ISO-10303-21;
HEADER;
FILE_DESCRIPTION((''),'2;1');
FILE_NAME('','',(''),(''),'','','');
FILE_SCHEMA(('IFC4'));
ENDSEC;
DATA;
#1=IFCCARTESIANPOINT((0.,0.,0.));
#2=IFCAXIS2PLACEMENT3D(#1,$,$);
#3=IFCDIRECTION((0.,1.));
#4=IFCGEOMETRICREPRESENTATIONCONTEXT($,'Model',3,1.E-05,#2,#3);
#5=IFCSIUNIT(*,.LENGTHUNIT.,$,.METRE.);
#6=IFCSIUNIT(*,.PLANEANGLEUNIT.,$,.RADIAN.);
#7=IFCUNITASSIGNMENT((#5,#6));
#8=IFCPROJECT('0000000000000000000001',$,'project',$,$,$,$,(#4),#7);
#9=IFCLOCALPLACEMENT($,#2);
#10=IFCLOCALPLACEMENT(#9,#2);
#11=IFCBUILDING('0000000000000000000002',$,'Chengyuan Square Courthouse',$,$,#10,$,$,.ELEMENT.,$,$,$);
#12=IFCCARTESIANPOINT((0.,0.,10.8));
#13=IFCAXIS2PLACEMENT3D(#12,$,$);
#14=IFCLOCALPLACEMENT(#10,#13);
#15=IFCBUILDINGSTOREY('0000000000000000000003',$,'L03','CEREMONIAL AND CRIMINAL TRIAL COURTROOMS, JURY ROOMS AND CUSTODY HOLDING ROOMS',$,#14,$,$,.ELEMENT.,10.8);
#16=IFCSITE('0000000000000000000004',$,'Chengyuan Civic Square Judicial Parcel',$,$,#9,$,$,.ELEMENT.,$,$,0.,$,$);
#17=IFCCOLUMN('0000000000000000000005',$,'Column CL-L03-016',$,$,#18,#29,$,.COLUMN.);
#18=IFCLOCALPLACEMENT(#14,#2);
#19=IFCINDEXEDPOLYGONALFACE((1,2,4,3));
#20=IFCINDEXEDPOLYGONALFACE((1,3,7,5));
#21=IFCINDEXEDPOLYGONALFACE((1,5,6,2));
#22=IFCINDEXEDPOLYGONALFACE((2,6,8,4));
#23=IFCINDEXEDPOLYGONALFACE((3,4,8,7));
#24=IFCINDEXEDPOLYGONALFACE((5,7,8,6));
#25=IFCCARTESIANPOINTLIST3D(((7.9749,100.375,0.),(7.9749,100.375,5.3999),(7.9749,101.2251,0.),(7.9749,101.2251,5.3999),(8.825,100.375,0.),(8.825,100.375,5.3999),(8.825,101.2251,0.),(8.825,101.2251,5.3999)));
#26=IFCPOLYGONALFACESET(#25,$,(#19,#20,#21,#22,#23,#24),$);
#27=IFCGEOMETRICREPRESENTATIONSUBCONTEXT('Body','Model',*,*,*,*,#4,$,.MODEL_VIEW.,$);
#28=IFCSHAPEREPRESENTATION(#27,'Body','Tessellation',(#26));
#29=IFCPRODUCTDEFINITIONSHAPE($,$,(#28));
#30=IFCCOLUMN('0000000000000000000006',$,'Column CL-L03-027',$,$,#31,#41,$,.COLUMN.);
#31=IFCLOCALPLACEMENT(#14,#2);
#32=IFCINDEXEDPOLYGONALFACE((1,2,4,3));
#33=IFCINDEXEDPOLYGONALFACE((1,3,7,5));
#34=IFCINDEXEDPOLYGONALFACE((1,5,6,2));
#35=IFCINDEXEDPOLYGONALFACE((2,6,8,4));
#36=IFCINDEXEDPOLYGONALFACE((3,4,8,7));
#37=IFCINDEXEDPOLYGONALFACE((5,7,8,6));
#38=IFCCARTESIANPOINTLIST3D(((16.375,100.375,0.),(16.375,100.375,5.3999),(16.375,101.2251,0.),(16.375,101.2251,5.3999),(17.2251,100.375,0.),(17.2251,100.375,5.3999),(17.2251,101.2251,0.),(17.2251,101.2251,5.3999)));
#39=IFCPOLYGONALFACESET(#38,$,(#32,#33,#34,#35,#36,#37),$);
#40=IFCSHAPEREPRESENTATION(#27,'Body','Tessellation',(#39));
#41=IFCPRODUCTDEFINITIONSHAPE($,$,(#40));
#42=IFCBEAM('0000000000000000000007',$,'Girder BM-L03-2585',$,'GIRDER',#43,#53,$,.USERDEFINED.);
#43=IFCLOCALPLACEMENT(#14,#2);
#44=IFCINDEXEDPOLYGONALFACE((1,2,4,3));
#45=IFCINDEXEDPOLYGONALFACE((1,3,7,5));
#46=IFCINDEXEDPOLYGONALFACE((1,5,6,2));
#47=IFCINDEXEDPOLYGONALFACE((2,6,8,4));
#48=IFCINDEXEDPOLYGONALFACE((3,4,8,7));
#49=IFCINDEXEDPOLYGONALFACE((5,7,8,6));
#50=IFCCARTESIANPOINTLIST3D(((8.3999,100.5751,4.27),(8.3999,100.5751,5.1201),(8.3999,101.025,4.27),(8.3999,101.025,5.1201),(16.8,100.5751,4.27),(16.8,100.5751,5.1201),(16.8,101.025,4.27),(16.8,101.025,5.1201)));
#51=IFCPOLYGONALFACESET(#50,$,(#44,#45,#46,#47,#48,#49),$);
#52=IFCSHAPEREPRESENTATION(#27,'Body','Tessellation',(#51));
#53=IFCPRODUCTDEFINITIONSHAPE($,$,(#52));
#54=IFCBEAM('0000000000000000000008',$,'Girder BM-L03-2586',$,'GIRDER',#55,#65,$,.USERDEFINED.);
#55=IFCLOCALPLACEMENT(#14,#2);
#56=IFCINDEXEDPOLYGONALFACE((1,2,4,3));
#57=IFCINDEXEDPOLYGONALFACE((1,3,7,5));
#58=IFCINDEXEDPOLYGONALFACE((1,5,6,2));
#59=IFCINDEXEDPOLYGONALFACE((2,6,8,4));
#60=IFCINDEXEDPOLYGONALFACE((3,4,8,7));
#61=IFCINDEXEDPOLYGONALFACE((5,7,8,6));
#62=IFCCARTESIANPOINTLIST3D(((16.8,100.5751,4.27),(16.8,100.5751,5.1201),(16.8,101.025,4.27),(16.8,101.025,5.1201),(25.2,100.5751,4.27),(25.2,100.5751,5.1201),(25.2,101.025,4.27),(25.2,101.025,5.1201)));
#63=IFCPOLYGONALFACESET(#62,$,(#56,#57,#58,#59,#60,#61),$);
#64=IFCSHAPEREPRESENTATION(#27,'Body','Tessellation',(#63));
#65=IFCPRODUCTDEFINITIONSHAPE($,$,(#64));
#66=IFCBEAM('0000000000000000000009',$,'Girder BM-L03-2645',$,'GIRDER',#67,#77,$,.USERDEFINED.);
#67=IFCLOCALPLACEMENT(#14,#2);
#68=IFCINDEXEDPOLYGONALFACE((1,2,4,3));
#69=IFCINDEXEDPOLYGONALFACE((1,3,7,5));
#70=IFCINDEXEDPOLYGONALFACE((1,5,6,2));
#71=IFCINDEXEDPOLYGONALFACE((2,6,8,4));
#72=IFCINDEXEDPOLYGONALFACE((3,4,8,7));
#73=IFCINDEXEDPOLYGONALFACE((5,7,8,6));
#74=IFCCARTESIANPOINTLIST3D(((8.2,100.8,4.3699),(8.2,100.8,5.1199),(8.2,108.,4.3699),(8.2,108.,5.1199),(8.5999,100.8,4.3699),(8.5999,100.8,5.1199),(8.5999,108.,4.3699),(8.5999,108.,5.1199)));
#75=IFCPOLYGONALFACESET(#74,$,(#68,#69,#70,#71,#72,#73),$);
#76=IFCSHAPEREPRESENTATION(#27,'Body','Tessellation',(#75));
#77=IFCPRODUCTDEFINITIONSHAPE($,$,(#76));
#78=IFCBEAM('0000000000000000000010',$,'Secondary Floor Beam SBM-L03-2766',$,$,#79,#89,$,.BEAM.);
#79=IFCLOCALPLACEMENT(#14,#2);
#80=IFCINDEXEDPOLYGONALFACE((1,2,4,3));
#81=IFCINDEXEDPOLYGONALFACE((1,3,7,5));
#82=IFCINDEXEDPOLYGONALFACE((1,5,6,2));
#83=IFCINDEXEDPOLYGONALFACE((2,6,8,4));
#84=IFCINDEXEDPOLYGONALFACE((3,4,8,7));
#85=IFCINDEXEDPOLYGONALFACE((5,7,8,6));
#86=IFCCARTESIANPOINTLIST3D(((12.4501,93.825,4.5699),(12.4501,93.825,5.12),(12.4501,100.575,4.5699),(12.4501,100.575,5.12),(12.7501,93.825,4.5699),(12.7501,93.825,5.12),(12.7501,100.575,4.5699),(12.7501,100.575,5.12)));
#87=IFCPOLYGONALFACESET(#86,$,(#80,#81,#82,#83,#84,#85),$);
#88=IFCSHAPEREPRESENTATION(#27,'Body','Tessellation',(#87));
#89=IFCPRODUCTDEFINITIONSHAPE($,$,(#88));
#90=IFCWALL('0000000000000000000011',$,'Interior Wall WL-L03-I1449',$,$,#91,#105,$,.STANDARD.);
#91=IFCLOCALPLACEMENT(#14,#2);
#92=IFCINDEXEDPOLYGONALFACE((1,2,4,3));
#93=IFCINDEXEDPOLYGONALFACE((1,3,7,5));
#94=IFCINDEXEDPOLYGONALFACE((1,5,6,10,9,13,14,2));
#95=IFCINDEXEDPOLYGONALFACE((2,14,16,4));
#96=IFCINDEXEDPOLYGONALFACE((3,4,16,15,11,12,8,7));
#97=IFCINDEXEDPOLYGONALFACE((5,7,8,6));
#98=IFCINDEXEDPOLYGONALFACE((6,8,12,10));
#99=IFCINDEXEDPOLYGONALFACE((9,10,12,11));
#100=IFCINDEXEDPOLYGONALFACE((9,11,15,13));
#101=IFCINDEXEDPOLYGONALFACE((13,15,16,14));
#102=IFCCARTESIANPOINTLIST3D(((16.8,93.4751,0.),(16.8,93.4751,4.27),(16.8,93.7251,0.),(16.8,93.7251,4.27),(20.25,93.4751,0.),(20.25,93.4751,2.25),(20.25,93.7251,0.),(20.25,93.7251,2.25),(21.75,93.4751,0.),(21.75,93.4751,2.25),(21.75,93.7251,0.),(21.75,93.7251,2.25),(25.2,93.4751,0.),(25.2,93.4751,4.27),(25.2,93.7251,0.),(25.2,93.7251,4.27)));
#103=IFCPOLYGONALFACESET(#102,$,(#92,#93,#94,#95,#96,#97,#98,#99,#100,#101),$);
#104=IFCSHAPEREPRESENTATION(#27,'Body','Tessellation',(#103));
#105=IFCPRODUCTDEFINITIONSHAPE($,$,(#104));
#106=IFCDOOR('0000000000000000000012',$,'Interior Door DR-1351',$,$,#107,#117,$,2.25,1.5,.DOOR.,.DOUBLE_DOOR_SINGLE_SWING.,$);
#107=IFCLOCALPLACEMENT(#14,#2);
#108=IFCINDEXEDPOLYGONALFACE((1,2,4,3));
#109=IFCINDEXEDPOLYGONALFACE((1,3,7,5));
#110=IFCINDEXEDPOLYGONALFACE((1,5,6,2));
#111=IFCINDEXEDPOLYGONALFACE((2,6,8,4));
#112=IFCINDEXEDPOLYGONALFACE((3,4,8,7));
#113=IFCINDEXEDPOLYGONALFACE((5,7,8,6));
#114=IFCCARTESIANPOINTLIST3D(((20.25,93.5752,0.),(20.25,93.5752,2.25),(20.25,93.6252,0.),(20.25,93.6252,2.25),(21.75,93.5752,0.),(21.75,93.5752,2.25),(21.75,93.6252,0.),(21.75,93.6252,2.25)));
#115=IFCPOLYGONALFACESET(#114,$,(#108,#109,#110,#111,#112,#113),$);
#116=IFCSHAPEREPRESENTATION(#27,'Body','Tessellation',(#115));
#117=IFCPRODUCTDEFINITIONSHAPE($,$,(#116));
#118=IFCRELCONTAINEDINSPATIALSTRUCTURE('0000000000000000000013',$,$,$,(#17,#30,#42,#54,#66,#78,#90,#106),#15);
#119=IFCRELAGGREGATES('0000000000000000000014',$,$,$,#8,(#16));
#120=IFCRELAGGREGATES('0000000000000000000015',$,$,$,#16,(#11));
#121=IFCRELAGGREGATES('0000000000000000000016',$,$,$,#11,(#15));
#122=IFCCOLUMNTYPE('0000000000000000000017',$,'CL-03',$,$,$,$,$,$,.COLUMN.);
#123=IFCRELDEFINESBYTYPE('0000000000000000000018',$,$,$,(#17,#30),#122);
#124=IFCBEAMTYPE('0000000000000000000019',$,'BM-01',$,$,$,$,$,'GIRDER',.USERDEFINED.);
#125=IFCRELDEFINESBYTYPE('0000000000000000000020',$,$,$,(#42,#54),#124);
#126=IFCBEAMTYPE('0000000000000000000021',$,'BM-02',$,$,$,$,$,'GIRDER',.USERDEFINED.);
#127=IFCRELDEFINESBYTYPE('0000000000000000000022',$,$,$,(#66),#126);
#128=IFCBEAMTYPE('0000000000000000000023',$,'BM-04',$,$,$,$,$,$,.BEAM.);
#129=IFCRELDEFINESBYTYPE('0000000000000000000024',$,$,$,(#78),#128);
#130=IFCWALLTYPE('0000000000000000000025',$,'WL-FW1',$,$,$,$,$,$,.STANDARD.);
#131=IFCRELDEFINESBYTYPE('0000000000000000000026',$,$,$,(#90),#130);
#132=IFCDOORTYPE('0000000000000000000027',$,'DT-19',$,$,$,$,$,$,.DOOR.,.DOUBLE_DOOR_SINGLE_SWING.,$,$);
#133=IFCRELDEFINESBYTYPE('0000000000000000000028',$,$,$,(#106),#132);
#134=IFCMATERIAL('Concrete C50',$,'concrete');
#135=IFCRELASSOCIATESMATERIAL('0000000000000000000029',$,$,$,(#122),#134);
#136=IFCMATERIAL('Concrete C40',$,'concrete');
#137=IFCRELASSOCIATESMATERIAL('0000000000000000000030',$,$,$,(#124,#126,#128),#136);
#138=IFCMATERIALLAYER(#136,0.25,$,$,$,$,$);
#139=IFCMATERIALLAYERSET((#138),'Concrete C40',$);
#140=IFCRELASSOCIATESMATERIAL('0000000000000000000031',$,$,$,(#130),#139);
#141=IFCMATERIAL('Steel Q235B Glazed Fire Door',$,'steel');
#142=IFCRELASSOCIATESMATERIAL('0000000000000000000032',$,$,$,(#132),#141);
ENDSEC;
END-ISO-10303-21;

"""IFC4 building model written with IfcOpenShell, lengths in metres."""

from ifc_helpers import new_model, si_unit, direction, frame, frame_2d, origin, origin_2d, place, context, subcontext, project, spatial, rectangle, extrude, material, layer, layer_set, material_profile, profile_set, type_object, element, fill, save


model = new_model("IFC4")

# Units and contexts
model_context = context("Model", 3, precision=1e-05, world=origin(), true_north=direction((0.0, 1.0)))
body_context = subcontext(model_context, "Body", "Model", "MODEL_VIEW")
ifc_project = project(units=[si_unit("LENGTHUNIT", "METRE"), si_unit("PLANEANGLEUNIT", "RADIAN")], contexts=[model_context])

# Site, building, storey
site_placement = place(None, origin())
site = spatial("IfcSite", under=ifc_project, at=site_placement, Name="Chengyuan Civic Square Judicial Parcel", CompositionType="ELEMENT", RefElevation=0.0)
building_placement = place(site_placement, origin())
building = spatial("IfcBuilding", under=site, at=building_placement, Name="Chengyuan Square Courthouse", CompositionType="ELEMENT")
storey_placement = place(building_placement, frame((0.0, 0.0, 10.8)))
storey = spatial("IfcBuildingStorey", under=building, at=storey_placement, Name="L03", Description="CEREMONIAL AND CRIMINAL TRIAL COURTROOMS, JURY ROOMS AND CUSTODY HOLDING ROOMS", CompositionType="ELEMENT", Elevation=10.8)

# Columns
ifc_material_1 = material(Name="Concrete C50", Category="concrete")
ifc_material_profile_1 = material_profile(ifc_material_1, rectangle(XDim=0.8501, YDim=0.8501, at=origin_2d()), Name="RC-COL-850x850")
ifc_profile_set_1 = profile_set([ifc_material_profile_1], Name="Concrete C50")
column_type = type_object("IfcColumnType", Name="CL-03", PredefinedType="COLUMN", material=ifc_profile_set_1)
for number, where, z_axis, x_axis, name in (
    (1, (8.3999, 100.8, 0.0), (0.0, 0.0, 1.0), (1.0, 0.0, 0.0), "Column CL-L03-016"),
    (2, (16.8, 100.8, 0.0), (0.0, 0.0, 1.0), (1.0, 0.0, 0.0), "Column CL-L03-027"),
):
    element("IfcColumn", number, at=place(storey_placement, frame(where, z_axis=z_axis, x_axis=x_axis)), inside=storey, type_object=column_type, Name=name, PredefinedType="COLUMN", context=body_context, shape_type="SweptSolid", body=[
        extrude(rectangle(XDim=0.8501, YDim=0.8501, at=origin_2d()), origin(), (0.0, 0.0, 1.0), 5.3999),
    ])

# Beams
ifc_material_2 = material(Name="Concrete C40", Category="concrete")
ifc_material_profile_2 = material_profile(ifc_material_2, rectangle(XDim=0.45, YDim=0.8501, at=origin_2d()), Name="RC-BM-450x850")
ifc_profile_set_2 = profile_set([ifc_material_profile_2], Name="Concrete C40")
beam_type_1 = type_object("IfcBeamType", Name="BM-01", ElementType="GIRDER", PredefinedType="USERDEFINED", material=ifc_profile_set_2)
beam_1_placement = place(storey_placement, frame((8.3999, 100.8, 4.6951), z_axis=(1.0, 0.0, 0.0), x_axis=(0.0, 1.0, 0.0)))
element("IfcBeam", 3, at=beam_1_placement, inside=storey, type_object=beam_type_1, Name="Girder BM-L03-2585", ObjectType="GIRDER", PredefinedType="USERDEFINED", context=body_context, shape_type="SweptSolid", body=[
    extrude(rectangle(XDim=0.45, YDim=0.8501, at=origin_2d()), origin(), (0.0, 0.0, 1.0), 8.4001),
])
beam_2_placement = place(storey_placement, frame((16.8, 100.8, 4.6951), z_axis=(1.0, 0.0, 0.0), x_axis=(0.0, 1.0, 0.0)))
element("IfcBeam", 4, at=beam_2_placement, inside=storey, type_object=beam_type_1, Name="Girder BM-L03-2586", ObjectType="GIRDER", PredefinedType="USERDEFINED", context=body_context, shape_type="SweptSolid", body=[
    extrude(rectangle(XDim=0.45, YDim=0.8501, at=origin_2d()), origin(), (0.0, 0.0, 1.0), 8.3999),
])
ifc_material_profile_3 = material_profile(ifc_material_2, rectangle(XDim=0.3999, YDim=0.75, at=origin_2d()), Name="RC-BM-400x750")
ifc_profile_set_3 = profile_set([ifc_material_profile_3], Name="Concrete C40")
beam_type_2 = type_object("IfcBeamType", Name="BM-02", ElementType="GIRDER", PredefinedType="USERDEFINED", material=ifc_profile_set_3)
beam_3_placement = place(storey_placement, frame((8.3999, 100.8, 4.7449), z_axis=(0.0, 1.0, 0.0), x_axis=(-1.0, 0.0, 0.0)))
element("IfcBeam", 5, at=beam_3_placement, inside=storey, type_object=beam_type_2, Name="Girder BM-L03-2645", ObjectType="GIRDER", PredefinedType="USERDEFINED", context=body_context, shape_type="SweptSolid", body=[
    extrude(rectangle(XDim=0.3999, YDim=0.75, at=origin_2d()), origin(), (0.0, 0.0, 1.0), 7.2),
])
ifc_material_profile_4 = material_profile(ifc_material_2, rectangle(XDim=0.3, YDim=0.55, at=origin_2d()), Name="RC-BM-300x550")
ifc_profile_set_4 = profile_set([ifc_material_profile_4], Name="Concrete C40")
beam_type_3 = type_object("IfcBeamType", Name="BM-04", PredefinedType="BEAM", material=ifc_profile_set_4)
beam_4_placement = place(storey_placement, frame((12.6001, 93.825, 4.845), z_axis=(0.0, 1.0, 0.0), x_axis=(-1.0, 0.0, 0.0)))
element("IfcBeam", 6, at=beam_4_placement, inside=storey, type_object=beam_type_3, Name="Secondary Floor Beam SBM-L03-2766", PredefinedType="BEAM", context=body_context, shape_type="SweptSolid", body=[
    extrude(rectangle(XDim=0.3, YDim=0.55, at=origin_2d()), origin(), (0.0, 0.0, 1.0), 6.75),
])

# Wall, opening, door
ifc_layer_1 = layer(ifc_material_2, 0.25)
ifc_layer_set_1 = layer_set([ifc_layer_1], Name="Concrete C40")
wall_type_1 = type_object("IfcWallType", Name="WL-FW1", PredefinedType="STANDARD", material=ifc_layer_set_1)
wall_1_placement = place(storey_placement, frame((16.8, 93.6001, 0.0), z_axis=(0.0, 0.0, 1.0), x_axis=(1.0, 0.0, 0.0)))
wall_1 = element("IfcWall", 7, at=wall_1_placement, inside=storey, type_object=wall_type_1, Name="Interior Wall WL-L03-I1449", PredefinedType="STANDARD", context=body_context, shape_type="SweptSolid", body=[
    extrude(rectangle(XDim=8.3999, YDim=0.25, at=frame_2d((4.2, 0.0))), origin(), (0.0, 0.0, 1.0), 4.27),
])
opening_1_placement = place(wall_1_placement, frame((3.45, 0.0, 0.0)))
opening_1 = element("IfcOpeningElement", 8, at=opening_1_placement, cuts=wall_1, PredefinedType="OPENING", context=body_context, shape_type="SweptSolid", body=[
    extrude(rectangle(XDim=1.5, YDim=2.25, at=frame_2d((0.75, 1.125))), frame((0.0, 0.137, 0.0), z_axis=(0.0, -1.0, 0.0), x_axis=(1.0, 0.0, 0.0)), (0.0, 0.0, 1.0), 0.2739),
])
ifc_material_3 = material(Name="Steel Q235B Glazed Fire Door", Category="steel")
door_type_1 = type_object("IfcDoorType", Name="DT-19", OperationType="DOUBLE_DOOR_SINGLE_SWING", PredefinedType="DOOR", material=ifc_material_3)
door_1_placement = place(opening_1_placement, frame((1.5, 0.0, 0.0), z_axis=(0.0, 0.0, 1.0), x_axis=(-1.0, 0.0, 0.0)))
door_1 = element("IfcDoor", 9, at=door_1_placement, inside=storey, type_object=door_type_1, Name="Interior Door DR-1351", OperationType="DOUBLE_DOOR_SINGLE_SWING", OverallHeight=2.25, OverallWidth=1.5, PredefinedType="DOOR", context=body_context, shape_type="SweptSolid", body=[
    extrude(rectangle(XDim=1.5, YDim=2.25, at=frame_2d((0.75, 1.125))), frame((0.0, 0.0249, 0.0), z_axis=(0.0, -1.0, 0.0), x_axis=(1.0, 0.0, 0.0)), (0.0, 0.0, 1.0), 0.05),
])
fill(opening_1, door_1)

save(model, "model.ifc")
